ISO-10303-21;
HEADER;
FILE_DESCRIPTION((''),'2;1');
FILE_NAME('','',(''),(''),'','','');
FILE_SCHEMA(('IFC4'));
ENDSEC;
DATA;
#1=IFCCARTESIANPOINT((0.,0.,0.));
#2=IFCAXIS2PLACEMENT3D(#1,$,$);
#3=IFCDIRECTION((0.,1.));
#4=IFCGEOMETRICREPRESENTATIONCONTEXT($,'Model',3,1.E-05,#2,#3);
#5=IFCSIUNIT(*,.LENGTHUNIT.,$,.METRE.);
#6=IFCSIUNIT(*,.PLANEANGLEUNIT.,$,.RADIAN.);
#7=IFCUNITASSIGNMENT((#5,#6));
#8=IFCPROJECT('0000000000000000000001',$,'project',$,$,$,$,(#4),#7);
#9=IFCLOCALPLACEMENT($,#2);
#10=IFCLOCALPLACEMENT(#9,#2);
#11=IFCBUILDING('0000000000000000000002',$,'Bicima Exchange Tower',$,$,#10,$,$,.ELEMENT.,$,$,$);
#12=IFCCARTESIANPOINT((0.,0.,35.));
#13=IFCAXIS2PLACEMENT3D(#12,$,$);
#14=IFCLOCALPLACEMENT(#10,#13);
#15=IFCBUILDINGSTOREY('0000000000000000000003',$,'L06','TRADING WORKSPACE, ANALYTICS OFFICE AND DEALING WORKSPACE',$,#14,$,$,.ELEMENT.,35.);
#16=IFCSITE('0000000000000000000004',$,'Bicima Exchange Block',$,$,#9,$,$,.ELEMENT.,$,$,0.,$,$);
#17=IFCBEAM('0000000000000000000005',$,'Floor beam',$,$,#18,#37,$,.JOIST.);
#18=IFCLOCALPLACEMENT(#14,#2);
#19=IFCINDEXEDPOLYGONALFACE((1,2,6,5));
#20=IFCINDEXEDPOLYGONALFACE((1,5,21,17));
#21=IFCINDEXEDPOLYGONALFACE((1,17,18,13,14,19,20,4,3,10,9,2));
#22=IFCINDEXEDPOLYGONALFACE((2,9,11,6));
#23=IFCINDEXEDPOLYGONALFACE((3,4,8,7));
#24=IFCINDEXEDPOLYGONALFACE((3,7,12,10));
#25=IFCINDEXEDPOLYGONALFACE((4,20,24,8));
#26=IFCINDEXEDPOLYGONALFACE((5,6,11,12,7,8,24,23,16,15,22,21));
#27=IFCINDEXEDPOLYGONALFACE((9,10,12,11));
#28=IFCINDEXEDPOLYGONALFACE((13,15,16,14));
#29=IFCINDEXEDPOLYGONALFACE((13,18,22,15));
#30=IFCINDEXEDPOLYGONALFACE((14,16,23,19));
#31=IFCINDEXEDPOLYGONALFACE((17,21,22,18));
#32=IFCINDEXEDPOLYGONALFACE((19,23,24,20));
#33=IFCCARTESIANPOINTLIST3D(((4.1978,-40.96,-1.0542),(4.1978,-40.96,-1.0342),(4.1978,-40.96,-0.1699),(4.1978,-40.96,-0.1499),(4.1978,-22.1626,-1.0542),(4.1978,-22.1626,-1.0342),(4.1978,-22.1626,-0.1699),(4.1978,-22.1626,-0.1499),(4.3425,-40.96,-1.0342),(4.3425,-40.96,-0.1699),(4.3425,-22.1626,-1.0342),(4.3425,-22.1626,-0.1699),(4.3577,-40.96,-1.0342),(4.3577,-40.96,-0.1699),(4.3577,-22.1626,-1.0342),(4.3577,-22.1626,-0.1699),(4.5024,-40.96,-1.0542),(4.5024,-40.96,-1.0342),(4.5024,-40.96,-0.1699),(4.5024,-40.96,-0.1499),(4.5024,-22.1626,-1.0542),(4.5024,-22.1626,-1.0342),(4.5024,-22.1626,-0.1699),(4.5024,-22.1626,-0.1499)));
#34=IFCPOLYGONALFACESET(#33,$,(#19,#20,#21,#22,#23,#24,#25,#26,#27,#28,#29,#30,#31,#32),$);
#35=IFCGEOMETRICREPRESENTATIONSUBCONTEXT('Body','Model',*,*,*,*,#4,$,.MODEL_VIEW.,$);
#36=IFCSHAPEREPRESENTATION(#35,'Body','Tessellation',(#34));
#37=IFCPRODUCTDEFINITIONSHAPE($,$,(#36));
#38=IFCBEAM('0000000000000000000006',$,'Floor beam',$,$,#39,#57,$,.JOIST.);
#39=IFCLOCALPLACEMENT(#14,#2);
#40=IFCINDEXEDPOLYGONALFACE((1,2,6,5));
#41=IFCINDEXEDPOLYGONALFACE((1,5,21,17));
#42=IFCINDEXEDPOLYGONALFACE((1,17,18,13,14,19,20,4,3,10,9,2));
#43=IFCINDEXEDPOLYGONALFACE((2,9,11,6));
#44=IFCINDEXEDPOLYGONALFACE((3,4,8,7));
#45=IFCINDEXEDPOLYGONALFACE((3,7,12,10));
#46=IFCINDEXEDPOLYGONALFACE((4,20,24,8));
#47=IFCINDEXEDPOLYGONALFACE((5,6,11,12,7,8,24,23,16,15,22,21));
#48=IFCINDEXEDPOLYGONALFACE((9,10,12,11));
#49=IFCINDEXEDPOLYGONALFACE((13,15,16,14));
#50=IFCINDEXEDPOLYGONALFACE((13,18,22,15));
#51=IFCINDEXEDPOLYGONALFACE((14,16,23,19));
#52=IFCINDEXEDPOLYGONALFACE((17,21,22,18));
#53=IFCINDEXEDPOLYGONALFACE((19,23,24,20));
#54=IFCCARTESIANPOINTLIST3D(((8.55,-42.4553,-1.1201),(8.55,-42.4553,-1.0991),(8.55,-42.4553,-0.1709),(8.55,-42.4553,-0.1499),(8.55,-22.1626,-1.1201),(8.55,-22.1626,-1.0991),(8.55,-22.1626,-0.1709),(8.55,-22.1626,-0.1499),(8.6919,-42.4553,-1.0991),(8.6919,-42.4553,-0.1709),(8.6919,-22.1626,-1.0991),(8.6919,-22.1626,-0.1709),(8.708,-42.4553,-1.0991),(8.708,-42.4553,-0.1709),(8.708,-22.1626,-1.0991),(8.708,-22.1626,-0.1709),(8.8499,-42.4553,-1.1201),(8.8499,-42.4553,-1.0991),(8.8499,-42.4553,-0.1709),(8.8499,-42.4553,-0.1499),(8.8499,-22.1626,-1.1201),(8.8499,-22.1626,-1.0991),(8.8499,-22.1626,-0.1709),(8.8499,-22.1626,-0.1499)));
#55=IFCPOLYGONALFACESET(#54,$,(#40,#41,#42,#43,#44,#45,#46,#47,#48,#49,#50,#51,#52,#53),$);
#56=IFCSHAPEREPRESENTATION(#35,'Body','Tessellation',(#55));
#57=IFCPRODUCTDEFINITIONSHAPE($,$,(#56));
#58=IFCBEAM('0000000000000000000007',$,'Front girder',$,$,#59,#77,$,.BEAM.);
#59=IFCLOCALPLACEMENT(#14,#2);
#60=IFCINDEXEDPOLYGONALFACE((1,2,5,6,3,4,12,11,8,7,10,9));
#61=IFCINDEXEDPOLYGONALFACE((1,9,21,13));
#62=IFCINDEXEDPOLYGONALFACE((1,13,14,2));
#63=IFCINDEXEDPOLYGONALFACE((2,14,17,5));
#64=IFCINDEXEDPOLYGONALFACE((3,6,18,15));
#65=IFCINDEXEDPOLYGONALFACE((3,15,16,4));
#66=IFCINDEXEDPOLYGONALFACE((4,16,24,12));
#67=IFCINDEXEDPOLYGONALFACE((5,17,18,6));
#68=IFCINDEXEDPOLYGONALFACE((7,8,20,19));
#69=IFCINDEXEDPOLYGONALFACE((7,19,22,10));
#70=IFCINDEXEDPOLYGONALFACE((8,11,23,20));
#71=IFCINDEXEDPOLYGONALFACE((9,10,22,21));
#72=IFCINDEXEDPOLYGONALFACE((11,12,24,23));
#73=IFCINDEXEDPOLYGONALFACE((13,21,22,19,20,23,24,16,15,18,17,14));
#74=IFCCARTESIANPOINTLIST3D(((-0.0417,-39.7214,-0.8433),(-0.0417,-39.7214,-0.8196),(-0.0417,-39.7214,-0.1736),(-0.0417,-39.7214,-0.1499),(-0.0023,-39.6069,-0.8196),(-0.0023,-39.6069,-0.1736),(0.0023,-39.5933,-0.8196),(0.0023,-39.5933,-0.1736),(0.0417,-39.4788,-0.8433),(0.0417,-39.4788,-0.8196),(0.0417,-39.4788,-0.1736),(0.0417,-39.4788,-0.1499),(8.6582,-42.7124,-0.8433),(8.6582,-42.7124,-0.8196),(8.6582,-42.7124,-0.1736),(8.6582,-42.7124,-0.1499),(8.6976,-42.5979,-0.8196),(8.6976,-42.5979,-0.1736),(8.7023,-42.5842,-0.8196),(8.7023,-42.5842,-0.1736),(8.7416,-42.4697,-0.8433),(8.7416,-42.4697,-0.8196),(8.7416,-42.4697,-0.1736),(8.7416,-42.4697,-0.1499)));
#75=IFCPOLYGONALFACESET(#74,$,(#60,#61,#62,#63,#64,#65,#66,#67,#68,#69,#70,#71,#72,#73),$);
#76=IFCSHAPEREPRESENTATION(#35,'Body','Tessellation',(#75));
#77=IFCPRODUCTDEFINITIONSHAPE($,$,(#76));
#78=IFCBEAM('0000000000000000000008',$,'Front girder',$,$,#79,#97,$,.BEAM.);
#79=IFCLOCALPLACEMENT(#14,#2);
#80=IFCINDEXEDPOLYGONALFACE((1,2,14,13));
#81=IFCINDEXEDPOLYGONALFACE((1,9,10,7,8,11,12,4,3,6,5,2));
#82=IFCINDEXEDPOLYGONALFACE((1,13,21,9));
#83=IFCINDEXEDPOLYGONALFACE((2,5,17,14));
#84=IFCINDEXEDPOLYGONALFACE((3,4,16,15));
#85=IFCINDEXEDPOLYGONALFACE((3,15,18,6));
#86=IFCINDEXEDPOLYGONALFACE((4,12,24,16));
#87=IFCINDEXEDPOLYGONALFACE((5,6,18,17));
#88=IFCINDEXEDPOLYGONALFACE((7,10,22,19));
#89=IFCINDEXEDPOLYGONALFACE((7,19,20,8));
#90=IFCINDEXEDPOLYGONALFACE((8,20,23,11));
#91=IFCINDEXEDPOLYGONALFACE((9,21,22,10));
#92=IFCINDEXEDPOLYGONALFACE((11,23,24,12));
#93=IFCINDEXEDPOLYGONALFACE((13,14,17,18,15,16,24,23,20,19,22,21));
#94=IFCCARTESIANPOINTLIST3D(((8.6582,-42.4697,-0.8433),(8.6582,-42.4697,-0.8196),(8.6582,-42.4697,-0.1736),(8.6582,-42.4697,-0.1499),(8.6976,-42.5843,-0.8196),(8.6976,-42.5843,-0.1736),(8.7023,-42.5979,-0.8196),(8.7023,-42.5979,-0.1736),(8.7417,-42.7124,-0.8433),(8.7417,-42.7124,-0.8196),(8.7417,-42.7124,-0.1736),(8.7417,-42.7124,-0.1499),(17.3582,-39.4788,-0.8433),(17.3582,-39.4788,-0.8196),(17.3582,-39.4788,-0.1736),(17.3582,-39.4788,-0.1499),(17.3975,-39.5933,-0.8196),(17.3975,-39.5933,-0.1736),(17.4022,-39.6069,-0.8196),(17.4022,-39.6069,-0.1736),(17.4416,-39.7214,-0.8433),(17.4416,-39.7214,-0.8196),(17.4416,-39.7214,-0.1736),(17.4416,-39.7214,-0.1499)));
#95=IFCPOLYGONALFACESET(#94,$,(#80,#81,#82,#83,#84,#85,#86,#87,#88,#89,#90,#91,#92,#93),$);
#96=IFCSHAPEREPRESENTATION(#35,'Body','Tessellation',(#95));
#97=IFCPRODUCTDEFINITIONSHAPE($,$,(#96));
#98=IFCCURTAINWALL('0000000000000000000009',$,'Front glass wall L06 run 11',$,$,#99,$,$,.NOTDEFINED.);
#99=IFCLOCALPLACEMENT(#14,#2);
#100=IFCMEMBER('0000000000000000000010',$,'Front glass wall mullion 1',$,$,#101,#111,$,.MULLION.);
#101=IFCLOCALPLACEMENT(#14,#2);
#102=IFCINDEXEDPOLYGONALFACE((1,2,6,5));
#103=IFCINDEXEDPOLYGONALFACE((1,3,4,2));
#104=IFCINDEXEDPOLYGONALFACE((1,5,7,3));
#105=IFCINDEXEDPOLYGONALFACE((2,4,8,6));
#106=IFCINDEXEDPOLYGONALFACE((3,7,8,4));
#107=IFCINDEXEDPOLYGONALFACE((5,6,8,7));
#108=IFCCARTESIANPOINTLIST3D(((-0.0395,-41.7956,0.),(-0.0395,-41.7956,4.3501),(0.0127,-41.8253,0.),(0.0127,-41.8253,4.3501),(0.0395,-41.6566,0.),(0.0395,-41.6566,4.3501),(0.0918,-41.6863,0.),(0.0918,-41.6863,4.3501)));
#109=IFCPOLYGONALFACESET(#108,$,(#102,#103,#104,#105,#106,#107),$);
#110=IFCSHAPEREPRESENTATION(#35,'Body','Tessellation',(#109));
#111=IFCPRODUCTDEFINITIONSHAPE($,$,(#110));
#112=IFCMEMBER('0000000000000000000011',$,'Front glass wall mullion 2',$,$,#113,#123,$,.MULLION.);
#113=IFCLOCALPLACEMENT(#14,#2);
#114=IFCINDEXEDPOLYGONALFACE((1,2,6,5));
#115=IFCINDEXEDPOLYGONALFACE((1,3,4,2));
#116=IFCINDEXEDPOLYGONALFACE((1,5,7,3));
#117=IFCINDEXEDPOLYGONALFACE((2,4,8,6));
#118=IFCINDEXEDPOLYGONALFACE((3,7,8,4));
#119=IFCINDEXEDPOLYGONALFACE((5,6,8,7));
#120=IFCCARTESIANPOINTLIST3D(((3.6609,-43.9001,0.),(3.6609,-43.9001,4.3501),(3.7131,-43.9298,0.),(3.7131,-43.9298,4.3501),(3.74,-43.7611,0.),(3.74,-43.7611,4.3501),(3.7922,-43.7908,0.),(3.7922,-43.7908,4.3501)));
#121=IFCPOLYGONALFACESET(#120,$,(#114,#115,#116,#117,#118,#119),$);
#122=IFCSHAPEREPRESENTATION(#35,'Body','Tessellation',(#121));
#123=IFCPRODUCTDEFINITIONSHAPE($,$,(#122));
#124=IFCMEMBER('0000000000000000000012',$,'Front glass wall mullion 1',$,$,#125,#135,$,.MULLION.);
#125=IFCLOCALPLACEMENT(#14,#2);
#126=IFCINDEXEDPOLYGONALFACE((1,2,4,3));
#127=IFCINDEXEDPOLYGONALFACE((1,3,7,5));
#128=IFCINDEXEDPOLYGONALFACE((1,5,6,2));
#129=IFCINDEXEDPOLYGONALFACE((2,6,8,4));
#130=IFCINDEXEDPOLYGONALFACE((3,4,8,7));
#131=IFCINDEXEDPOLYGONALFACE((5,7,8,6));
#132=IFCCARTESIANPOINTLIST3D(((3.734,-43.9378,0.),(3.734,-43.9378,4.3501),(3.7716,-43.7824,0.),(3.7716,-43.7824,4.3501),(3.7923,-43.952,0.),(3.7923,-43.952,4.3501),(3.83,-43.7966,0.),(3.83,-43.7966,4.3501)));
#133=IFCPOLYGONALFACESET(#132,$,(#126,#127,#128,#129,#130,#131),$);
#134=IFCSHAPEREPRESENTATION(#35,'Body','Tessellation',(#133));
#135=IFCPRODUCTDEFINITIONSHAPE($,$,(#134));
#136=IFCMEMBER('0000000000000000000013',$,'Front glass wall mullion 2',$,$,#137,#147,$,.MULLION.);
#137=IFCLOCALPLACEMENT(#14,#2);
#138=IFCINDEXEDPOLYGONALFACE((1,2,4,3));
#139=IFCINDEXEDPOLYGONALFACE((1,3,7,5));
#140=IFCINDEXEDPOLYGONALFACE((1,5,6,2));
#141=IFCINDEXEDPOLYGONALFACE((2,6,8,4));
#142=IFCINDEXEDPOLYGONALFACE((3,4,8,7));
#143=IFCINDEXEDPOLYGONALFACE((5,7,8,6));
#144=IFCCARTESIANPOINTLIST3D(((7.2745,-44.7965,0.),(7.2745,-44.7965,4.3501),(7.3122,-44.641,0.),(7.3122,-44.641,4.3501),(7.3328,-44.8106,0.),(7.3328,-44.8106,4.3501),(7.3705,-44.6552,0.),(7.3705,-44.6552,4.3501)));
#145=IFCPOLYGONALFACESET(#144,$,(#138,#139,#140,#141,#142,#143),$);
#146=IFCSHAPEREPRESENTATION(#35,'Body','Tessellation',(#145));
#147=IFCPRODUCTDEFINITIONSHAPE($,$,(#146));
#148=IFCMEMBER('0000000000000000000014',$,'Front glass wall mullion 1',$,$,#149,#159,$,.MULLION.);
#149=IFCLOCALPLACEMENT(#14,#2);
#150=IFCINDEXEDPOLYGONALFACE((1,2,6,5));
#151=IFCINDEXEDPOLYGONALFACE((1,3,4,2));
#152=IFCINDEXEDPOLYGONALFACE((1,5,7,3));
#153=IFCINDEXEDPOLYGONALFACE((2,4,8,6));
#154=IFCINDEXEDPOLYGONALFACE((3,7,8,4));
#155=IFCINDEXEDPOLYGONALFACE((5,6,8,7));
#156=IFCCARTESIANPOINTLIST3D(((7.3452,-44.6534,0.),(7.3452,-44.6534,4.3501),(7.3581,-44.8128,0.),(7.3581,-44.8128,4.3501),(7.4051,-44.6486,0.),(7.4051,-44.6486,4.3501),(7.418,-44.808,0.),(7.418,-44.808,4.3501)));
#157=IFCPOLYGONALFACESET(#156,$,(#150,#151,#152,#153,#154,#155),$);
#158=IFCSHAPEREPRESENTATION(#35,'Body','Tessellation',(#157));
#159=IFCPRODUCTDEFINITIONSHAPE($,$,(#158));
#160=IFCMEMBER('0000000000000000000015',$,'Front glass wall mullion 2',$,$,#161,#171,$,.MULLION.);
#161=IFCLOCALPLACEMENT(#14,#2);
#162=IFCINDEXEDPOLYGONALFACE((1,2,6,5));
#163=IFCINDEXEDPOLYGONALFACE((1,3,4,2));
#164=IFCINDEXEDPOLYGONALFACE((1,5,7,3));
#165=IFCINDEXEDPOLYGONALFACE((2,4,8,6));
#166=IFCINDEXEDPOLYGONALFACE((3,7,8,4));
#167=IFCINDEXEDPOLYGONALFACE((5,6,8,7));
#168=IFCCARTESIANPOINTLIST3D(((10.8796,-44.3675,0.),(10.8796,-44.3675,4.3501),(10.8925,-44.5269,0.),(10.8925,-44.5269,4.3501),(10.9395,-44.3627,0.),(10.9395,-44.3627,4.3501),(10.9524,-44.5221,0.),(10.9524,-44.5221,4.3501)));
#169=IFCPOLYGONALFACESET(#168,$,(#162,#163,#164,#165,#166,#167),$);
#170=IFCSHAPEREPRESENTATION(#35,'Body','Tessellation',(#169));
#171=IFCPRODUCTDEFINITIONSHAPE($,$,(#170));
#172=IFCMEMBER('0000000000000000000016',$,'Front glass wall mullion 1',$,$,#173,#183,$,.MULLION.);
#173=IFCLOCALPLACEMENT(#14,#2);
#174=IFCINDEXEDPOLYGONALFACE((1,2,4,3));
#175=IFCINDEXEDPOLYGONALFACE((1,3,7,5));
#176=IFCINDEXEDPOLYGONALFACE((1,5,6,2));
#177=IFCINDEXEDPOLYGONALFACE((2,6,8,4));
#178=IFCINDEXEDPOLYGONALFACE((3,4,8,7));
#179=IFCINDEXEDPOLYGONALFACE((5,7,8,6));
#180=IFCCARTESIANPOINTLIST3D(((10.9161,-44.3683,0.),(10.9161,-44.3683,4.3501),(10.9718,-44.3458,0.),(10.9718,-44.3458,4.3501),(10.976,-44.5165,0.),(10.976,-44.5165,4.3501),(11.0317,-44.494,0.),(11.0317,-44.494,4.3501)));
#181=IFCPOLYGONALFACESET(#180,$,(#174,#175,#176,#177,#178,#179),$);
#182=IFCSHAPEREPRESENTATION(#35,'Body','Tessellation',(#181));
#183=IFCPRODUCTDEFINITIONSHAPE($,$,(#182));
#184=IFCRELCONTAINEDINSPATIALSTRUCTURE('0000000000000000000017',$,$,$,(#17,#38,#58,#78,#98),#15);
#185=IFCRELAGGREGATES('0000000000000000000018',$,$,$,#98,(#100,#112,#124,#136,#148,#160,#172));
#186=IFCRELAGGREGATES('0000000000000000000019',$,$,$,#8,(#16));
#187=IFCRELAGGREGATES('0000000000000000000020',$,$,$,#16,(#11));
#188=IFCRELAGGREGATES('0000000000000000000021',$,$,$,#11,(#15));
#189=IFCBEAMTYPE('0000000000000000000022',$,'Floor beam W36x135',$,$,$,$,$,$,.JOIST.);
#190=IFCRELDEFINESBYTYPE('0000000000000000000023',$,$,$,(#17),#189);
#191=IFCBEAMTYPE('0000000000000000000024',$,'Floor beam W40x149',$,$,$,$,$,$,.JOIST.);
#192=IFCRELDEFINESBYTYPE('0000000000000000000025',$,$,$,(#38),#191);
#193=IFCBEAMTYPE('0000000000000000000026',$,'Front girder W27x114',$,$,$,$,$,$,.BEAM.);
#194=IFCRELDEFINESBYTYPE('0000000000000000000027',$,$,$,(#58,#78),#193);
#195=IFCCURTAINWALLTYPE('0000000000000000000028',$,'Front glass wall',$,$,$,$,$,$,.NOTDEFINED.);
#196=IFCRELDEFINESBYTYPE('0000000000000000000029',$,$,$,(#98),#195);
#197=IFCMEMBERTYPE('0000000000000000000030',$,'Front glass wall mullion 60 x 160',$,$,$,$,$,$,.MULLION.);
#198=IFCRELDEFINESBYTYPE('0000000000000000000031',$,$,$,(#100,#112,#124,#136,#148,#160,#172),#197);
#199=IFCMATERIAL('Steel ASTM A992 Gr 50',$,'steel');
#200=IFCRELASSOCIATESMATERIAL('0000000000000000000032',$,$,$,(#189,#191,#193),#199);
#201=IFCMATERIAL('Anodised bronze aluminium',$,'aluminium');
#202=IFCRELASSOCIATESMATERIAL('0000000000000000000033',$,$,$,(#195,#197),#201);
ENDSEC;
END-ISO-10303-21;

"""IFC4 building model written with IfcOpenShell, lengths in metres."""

from ifc_helpers import new_model, si_unit, direction, frame, origin, origin_2d, place, context, subcontext, project, spatial, rectangle, i_section, extrude, material, material_profile, profile_set, type_object, element, aggregate, save


model = new_model("IFC4")

# Units and contexts
model_context = context("Model", 3, precision=1e-05, world=origin(), true_north=direction((0.0, 1.0)))
body_context = subcontext(model_context, "Body", "Model", "MODEL_VIEW")
ifc_project = project(units=[si_unit("LENGTHUNIT", "METRE"), si_unit("PLANEANGLEUNIT", "RADIAN")], contexts=[model_context])

# Site, building, storey
site_placement = place(None, origin())
site = spatial("IfcSite", under=ifc_project, at=site_placement, Name="Bicima Exchange Block", CompositionType="ELEMENT", RefElevation=0.0)
building_placement = place(site_placement, origin())
building = spatial("IfcBuilding", under=site, at=building_placement, Name="Bicima Exchange Tower", CompositionType="ELEMENT")
storey_placement = place(building_placement, frame((0.0, 0.0, 35.0)))
storey = spatial("IfcBuildingStorey", under=building, at=storey_placement, Name="L06", Description="TRADING WORKSPACE, ANALYTICS OFFICE AND DEALING WORKSPACE", CompositionType="ELEMENT", Elevation=35.0)

# Shared definitions
ifc_material_1 = material(Name="Steel ASTM A992 Gr 50", Category="steel")

# Beams
ifc_material_profile_1 = material_profile(ifc_material_1, i_section(OverallWidth=0.3047, OverallDepth=0.9043, WebThickness=0.0151, FlangeThickness=0.02, at=origin_2d()))
ifc_profile_set_1 = profile_set([ifc_material_profile_1], Name="Steel ASTM A992 Gr 50")
beam_type_1 = type_object("IfcBeamType", Name="Floor beam W36x135", PredefinedType="JOIST", material=ifc_profile_set_1)
beam_1_placement = place(storey_placement, frame((4.3501, -22.1626, -0.6021), z_axis=(0.0, -1.0, 0.0), x_axis=(1.0, 0.0, 0.0)))
element("IfcBeam", 1, at=beam_1_placement, inside=storey, type_object=beam_type_1, Name="Floor beam", PredefinedType="JOIST", context=body_context, shape_type="SweptSolid", body=[
    extrude(i_section(OverallWidth=0.3047, OverallDepth=0.9043, WebThickness=0.0151, FlangeThickness=0.02, at=origin_2d()), origin(), (0.0, 0.0, 1.0), 18.7974),
])
ifc_material_profile_2 = material_profile(ifc_material_1, i_section(OverallWidth=0.2998, OverallDepth=0.9702, WebThickness=0.0161, FlangeThickness=0.021, at=origin_2d()))
ifc_profile_set_2 = profile_set([ifc_material_profile_2], Name="Steel ASTM A992 Gr 50")
beam_type_2 = type_object("IfcBeamType", Name="Floor beam W40x149", PredefinedType="JOIST", material=ifc_profile_set_2)
beam_2_placement = place(storey_placement, frame((8.7, -22.1626, -0.635), z_axis=(0.0, -1.0, 0.0), x_axis=(1.0, 0.0, 0.0)))
element("IfcBeam", 2, at=beam_2_placement, inside=storey, type_object=beam_type_2, Name="Floor beam", PredefinedType="JOIST", context=body_context, shape_type="SweptSolid", body=[
    extrude(i_section(OverallWidth=0.2998, OverallDepth=0.9702, WebThickness=0.0161, FlangeThickness=0.021, at=origin_2d()), origin(), (0.0, 0.0, 1.0), 20.2927),
])
ifc_material_profile_3 = material_profile(ifc_material_1, i_section(OverallWidth=0.2566, OverallDepth=0.6934, WebThickness=0.0144, FlangeThickness=0.0237, at=origin_2d()))
ifc_profile_set_3 = profile_set([ifc_material_profile_3], Name="Steel ASTM A992 Gr 50")
beam_type_3 = type_object("IfcBeamType", Name="Front girder W27x114", PredefinedType="BEAM", material=ifc_profile_set_3)
for number, where, z_axis, x_axis, name in (
    (3, (0.0, -39.6001, -0.4966), (0.945675, -0.325115, 0.0), (0.325115, 0.945675, 0.0), "Front girder"),
    (4, (8.7, -42.5911, -0.4966), (0.945675, 0.325115, 0.0), (-0.325115, 0.945675, 0.0), "Front girder"),
):
    element("IfcBeam", number, at=place(storey_placement, frame(where, z_axis=z_axis, x_axis=x_axis)), inside=storey, type_object=beam_type_3, Name=name, PredefinedType="BEAM", context=body_context, shape_type="SweptSolid", body=[
        extrude(i_section(OverallWidth=0.2566, OverallDepth=0.6934, WebThickness=0.0144, FlangeThickness=0.0237, at=origin_2d()), origin(), (0.0, 0.0, 1.0), 9.1997),
    ])

# Curtain wall, members
ifc_material_2 = material(Name="Anodised bronze aluminium", Category="aluminium")
curtain_wall_type = type_object("IfcCurtainWallType", Name="Front glass wall", PredefinedType="NOTDEFINED", material=ifc_material_2)
curtain_wall_placement = place(storey_placement, origin())
curtain_wall = element("IfcCurtainWall", 5, at=curtain_wall_placement, inside=storey, type_object=curtain_wall_type, Name="Front glass wall L06 run 11", PredefinedType="NOTDEFINED")
ifc_material_profile_4 = material_profile(ifc_material_2, rectangle(XDim=0.1599, YDim=0.0601, at=origin_2d()))
ifc_profile_set_4 = profile_set([ifc_material_profile_4], Name="Anodised bronze aluminium")
member_type_1 = type_object("IfcMemberType", Name="Front glass wall mullion 60 x 160", PredefinedType="MULLION", material=ifc_profile_set_4)
member_1_placement = place(storey_placement, frame((0.0261, -41.741, 0.0), z_axis=(0.0, 0.0, 1.0), x_axis=(0.49433, 0.869274, 0.0)))
member_1 = element("IfcMember", 6, at=member_1_placement, type_object=member_type_1, Name="Front glass wall mullion 1", PredefinedType="MULLION", context=body_context, shape_type="SweptSolid", body=[
    extrude(rectangle(XDim=0.1599, YDim=0.0601, at=origin_2d()), origin(), (0.0, 0.0, 1.0), 4.3501),
])
member_2_placement = place(storey_placement, frame((3.7266, -43.8455, 0.0), z_axis=(0.0, 0.0, 1.0), x_axis=(0.49433, 0.869274, 0.0)))
member_2 = element("IfcMember", 7, at=member_2_placement, type_object=member_type_1, Name="Front glass wall mullion 2", PredefinedType="MULLION", context=body_context, shape_type="SweptSolid", body=[
    extrude(rectangle(XDim=0.1599, YDim=0.0601, at=origin_2d()), origin(), (0.0, 0.0, 1.0), 4.3501),
])
member_3_placement = place(storey_placement, frame((3.782, -43.8672, 0.0), z_axis=(0.0, 0.0, 1.0), x_axis=(0.235682, 0.97183, 0.0)))
member_3 = element("IfcMember", 8, at=member_3_placement, type_object=member_type_1, Name="Front glass wall mullion 1", PredefinedType="MULLION", context=body_context, shape_type="SweptSolid", body=[
    extrude(rectangle(XDim=0.1599, YDim=0.0601, at=origin_2d()), origin(), (0.0, 0.0, 1.0), 4.3501),
])
member_4_placement = place(storey_placement, frame((7.3225, -44.7258, 0.0), z_axis=(0.0, 0.0, 1.0), x_axis=(0.235682, 0.97183, 0.0)))
member_4 = element("IfcMember", 9, at=member_4_placement, type_object=member_type_1, Name="Front glass wall mullion 2", PredefinedType="MULLION", context=body_context, shape_type="SweptSolid", body=[
    extrude(rectangle(XDim=0.1599, YDim=0.0601, at=origin_2d()), origin(), (0.0, 0.0, 1.0), 4.3501),
])
member_5_placement = place(storey_placement, frame((7.3816, -44.7307, 0.0), z_axis=(0.0, 0.0, 1.0), x_axis=(-0.080589, 0.996747, 0.0)))
member_5 = element("IfcMember", 10, at=member_5_placement, type_object=member_type_1, Name="Front glass wall mullion 1", PredefinedType="MULLION", context=body_context, shape_type="SweptSolid", body=[
    extrude(rectangle(XDim=0.1599, YDim=0.0601, at=origin_2d()), origin(), (0.0, 0.0, 1.0), 4.3501),
])
member_6_placement = place(storey_placement, frame((10.916, -44.4448, 0.0), z_axis=(0.0, 0.0, 1.0), x_axis=(-0.080589, 0.996747, 0.0)))
member_6 = element("IfcMember", 11, at=member_6_placement, type_object=member_type_1, Name="Front glass wall mullion 2", PredefinedType="MULLION", context=body_context, shape_type="SweptSolid", body=[
    extrude(rectangle(XDim=0.1599, YDim=0.0601, at=origin_2d()), origin(), (0.0, 0.0, 1.0), 4.3501),
])
member_7_placement = place(storey_placement, frame((10.9739, -44.4312, 0.0), z_axis=(0.0, 0.0, 1.0), x_axis=(-0.374705, 0.927144, 0.0)))
member_7 = element("IfcMember", 12, at=member_7_placement, type_object=member_type_1, Name="Front glass wall mullion 1", PredefinedType="MULLION", context=body_context, shape_type="SweptSolid", body=[
    extrude(rectangle(XDim=0.1599, YDim=0.0601, at=origin_2d()), origin(), (0.0, 0.0, 1.0), 4.3501),
])

aggregate(curtain_wall, [member_1, member_2, member_3, member_4, member_5, member_6, member_7])

save(model, "model.ifc")
